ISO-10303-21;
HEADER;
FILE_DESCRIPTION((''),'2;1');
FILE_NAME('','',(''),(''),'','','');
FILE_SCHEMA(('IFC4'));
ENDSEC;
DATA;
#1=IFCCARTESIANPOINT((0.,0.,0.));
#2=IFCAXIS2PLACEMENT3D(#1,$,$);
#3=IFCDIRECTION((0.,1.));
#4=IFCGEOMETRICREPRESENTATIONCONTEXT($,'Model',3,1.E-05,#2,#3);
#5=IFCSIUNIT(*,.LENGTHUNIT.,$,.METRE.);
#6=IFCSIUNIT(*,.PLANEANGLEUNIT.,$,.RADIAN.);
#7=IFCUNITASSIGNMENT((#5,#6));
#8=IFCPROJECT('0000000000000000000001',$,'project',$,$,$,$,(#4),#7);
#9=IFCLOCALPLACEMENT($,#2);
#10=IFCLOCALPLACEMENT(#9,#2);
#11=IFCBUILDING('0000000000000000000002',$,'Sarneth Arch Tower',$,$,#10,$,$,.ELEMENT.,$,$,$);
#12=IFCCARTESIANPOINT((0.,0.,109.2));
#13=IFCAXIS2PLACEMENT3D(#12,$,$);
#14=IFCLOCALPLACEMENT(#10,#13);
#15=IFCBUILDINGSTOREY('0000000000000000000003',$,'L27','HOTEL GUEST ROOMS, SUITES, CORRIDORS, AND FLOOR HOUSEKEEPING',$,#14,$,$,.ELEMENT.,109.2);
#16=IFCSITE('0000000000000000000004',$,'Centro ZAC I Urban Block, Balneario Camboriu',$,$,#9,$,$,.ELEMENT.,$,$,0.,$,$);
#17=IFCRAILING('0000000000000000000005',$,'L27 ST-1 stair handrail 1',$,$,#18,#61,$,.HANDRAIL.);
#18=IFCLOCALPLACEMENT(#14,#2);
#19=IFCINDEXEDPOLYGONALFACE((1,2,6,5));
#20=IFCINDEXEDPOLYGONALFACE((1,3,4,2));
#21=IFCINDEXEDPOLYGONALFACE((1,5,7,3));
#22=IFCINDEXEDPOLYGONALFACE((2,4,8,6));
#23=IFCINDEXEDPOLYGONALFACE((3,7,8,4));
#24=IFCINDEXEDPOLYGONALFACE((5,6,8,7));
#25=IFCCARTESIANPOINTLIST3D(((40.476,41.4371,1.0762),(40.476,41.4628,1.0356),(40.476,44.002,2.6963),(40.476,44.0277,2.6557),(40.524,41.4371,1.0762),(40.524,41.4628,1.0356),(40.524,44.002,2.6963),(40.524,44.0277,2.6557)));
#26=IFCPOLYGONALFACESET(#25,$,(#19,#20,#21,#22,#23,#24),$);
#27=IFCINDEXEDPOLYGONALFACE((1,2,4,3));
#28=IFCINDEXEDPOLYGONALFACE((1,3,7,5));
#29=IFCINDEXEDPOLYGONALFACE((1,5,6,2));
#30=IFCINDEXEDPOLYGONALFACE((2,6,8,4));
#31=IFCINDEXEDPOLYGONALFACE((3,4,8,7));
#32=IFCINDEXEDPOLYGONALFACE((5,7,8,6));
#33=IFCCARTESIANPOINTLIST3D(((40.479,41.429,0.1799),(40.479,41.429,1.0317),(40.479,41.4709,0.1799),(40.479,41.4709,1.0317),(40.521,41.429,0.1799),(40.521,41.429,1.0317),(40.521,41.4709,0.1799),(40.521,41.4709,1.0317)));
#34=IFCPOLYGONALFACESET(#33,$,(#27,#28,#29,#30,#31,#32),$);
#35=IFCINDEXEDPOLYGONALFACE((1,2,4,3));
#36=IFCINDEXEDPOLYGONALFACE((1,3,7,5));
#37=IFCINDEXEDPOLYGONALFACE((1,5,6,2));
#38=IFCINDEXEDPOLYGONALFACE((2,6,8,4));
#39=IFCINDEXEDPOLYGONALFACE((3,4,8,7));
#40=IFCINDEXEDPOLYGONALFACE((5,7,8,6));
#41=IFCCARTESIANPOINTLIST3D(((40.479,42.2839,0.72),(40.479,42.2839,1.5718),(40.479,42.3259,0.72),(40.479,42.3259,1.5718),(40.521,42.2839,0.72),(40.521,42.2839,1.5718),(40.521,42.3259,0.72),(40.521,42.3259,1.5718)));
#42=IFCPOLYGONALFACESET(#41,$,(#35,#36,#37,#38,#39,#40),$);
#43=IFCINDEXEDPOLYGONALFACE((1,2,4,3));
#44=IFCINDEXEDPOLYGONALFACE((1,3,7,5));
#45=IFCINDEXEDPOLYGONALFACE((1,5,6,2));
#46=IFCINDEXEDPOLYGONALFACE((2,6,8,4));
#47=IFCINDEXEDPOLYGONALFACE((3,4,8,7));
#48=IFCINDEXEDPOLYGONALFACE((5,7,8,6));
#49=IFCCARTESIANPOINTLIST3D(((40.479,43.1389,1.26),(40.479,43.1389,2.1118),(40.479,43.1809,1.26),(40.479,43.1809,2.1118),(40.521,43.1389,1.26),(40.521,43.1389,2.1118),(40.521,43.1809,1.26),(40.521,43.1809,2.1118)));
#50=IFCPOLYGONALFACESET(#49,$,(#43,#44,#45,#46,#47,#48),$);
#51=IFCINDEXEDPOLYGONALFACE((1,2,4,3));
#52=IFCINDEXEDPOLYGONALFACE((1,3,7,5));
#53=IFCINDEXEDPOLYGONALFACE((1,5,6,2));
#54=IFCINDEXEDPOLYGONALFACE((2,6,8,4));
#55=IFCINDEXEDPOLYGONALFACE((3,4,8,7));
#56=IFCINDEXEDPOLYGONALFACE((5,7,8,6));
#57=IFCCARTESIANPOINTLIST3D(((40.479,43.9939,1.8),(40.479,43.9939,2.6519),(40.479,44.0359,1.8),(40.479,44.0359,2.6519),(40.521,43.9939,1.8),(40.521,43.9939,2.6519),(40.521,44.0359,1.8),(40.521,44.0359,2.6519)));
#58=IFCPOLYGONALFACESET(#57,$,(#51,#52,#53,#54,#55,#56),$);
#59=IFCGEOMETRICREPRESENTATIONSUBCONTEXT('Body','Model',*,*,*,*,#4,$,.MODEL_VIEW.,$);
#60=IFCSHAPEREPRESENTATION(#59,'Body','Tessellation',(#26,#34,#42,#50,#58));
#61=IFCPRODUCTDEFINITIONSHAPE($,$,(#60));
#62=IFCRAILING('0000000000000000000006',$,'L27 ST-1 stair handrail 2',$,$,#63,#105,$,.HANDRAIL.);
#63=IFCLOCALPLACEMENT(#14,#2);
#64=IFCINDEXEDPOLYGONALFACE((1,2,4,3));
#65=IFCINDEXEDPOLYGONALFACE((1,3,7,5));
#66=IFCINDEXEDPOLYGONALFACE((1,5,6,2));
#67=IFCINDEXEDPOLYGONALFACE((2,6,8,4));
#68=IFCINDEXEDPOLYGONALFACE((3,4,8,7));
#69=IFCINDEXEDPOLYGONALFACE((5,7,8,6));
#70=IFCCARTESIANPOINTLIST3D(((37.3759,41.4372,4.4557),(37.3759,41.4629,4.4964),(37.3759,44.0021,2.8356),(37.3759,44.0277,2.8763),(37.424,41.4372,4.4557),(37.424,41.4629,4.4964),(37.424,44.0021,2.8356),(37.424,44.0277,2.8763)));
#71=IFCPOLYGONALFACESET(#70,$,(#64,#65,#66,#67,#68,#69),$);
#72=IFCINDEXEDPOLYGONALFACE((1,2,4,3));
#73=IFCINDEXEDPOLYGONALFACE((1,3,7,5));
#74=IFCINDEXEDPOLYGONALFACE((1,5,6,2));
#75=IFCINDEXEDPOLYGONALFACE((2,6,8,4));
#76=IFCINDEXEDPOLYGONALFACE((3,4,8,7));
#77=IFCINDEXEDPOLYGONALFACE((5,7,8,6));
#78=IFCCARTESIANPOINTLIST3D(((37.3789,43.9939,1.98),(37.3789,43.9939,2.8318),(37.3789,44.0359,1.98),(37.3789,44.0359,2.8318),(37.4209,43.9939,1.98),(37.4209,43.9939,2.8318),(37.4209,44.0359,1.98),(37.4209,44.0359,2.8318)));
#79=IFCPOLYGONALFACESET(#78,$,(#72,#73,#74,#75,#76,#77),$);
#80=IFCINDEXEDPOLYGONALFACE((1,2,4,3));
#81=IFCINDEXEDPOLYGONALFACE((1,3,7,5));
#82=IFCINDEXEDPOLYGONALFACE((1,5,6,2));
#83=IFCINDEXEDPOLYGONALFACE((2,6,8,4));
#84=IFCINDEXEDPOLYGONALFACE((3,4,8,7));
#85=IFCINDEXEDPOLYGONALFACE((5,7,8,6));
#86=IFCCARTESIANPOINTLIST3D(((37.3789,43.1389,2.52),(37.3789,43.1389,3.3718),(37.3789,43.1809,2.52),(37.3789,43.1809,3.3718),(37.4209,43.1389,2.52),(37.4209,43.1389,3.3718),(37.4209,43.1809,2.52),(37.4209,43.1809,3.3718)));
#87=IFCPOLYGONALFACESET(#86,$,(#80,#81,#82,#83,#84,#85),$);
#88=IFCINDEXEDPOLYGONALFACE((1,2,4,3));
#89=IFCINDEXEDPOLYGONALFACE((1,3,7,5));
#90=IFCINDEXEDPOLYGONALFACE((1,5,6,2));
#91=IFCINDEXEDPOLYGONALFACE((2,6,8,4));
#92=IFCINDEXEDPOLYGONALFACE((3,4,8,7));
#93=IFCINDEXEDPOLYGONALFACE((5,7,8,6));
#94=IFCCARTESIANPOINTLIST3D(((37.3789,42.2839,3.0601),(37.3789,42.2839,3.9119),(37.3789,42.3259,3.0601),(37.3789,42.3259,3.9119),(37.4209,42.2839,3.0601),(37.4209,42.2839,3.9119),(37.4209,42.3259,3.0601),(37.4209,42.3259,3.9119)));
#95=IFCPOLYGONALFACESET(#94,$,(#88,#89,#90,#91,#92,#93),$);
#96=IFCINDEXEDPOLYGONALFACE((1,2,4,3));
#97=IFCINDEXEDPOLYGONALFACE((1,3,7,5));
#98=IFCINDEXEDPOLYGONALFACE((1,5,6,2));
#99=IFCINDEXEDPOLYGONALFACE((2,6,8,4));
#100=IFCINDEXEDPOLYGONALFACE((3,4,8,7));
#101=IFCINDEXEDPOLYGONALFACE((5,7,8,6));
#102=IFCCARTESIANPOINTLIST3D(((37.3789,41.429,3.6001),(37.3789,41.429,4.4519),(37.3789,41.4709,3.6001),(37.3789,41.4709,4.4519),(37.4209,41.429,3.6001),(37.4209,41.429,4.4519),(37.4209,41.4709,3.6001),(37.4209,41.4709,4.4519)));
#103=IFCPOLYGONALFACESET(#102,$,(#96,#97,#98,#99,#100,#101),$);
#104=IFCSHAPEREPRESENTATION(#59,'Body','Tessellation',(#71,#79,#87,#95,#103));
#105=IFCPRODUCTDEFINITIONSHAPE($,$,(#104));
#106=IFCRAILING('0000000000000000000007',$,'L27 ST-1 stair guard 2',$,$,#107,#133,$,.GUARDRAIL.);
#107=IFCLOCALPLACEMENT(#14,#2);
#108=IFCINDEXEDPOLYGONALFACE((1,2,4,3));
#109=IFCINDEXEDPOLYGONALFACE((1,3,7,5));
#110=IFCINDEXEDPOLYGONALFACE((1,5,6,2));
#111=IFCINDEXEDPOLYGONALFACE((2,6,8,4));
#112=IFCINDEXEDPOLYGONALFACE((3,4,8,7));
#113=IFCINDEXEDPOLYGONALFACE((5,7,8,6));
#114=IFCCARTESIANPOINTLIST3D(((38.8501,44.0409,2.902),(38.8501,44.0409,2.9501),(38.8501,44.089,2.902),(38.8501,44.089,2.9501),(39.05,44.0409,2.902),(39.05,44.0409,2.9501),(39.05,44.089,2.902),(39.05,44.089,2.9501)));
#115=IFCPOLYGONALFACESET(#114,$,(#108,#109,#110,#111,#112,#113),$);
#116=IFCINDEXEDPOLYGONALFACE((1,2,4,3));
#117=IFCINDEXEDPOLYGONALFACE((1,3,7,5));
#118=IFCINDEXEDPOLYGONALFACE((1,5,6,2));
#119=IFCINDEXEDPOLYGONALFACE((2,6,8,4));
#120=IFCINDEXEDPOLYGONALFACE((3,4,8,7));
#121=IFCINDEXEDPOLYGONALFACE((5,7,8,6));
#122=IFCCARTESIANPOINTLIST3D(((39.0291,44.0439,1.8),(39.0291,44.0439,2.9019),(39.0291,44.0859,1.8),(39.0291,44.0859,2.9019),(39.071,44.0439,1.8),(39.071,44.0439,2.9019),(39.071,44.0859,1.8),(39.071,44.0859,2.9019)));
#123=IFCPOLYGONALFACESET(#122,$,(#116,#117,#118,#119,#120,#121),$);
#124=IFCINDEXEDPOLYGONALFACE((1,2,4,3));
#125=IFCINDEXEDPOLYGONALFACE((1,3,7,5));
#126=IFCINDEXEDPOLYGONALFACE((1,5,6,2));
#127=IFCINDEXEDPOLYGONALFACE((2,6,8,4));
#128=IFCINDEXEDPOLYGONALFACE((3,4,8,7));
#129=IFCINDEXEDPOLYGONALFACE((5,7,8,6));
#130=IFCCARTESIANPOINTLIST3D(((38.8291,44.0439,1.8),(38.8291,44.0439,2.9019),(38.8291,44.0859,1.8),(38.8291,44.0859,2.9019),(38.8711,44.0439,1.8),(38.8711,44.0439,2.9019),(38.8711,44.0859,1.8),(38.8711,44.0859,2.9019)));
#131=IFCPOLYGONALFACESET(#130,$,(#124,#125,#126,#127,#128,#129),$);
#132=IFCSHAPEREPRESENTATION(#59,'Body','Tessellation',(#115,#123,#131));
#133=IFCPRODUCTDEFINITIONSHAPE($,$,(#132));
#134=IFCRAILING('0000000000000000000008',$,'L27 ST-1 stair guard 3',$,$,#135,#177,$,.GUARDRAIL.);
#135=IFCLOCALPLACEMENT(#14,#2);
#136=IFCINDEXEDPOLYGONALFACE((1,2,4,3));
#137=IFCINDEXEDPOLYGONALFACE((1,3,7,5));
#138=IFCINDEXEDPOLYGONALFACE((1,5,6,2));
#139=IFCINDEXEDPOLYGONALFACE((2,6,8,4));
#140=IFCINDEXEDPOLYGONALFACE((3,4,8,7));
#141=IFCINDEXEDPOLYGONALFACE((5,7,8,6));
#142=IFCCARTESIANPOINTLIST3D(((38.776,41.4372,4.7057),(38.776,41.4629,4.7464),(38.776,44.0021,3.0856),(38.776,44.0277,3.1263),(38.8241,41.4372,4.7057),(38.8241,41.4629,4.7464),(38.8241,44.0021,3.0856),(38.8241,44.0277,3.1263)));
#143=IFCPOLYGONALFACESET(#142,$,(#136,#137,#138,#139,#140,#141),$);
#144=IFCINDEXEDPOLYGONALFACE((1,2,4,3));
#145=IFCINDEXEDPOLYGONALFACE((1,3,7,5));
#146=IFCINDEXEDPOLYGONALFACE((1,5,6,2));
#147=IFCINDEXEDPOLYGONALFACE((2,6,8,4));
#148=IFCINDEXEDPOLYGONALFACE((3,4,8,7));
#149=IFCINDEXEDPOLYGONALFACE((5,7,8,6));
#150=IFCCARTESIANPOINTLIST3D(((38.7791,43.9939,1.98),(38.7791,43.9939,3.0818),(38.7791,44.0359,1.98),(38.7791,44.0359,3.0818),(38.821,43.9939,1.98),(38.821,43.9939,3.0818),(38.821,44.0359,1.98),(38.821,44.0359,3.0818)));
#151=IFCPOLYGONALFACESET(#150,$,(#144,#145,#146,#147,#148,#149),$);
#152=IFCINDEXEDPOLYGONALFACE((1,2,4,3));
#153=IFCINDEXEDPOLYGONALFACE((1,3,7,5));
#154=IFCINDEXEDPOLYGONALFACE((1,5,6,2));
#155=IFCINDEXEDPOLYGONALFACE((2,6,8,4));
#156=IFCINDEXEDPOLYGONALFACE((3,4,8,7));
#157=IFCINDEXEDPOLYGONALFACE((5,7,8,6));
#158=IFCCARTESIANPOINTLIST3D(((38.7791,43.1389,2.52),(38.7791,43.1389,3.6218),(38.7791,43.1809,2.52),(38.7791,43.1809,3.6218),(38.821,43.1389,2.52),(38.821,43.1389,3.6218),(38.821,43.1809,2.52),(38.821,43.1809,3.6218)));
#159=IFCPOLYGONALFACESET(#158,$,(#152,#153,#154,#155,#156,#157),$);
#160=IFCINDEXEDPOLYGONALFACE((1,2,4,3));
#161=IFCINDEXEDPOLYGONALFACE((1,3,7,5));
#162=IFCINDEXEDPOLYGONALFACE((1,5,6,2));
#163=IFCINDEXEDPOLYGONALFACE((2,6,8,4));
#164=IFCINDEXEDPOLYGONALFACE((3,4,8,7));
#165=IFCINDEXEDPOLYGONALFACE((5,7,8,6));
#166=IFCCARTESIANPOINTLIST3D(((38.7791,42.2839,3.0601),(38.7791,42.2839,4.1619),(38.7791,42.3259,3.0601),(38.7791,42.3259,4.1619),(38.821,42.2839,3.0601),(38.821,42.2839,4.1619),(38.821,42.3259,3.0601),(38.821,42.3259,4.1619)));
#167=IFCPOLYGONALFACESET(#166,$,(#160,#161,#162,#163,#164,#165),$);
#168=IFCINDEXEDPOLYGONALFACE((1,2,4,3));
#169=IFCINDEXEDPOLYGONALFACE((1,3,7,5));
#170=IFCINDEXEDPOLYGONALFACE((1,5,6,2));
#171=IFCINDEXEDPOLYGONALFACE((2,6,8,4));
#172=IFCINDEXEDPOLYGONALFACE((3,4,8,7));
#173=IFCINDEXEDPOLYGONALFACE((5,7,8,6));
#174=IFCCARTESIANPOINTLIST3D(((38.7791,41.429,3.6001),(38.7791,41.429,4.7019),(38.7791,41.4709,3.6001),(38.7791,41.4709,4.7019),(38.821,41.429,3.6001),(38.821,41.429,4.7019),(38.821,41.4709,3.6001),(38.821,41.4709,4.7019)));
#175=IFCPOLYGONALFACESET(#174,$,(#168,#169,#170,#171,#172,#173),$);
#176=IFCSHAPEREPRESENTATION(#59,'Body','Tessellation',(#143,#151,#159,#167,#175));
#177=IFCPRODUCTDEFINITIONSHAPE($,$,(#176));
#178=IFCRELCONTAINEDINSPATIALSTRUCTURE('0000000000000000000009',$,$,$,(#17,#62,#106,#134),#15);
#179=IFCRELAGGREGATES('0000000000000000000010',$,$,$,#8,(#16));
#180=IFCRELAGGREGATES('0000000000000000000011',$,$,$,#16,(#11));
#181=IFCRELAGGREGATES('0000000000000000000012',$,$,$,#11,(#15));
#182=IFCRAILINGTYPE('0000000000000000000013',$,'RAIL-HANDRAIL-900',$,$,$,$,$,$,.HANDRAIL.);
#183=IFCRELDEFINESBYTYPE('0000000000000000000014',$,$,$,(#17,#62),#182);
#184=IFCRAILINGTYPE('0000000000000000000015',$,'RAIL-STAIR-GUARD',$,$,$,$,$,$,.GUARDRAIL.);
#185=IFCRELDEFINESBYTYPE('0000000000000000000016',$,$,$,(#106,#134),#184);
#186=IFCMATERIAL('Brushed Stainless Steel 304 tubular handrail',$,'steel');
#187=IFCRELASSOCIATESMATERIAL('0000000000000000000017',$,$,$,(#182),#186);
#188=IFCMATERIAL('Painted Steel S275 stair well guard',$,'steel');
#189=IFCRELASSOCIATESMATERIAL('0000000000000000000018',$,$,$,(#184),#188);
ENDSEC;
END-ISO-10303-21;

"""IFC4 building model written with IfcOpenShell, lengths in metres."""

from ifc_helpers import new_model, si_unit, direction, frame, origin, origin_2d, place, context, subcontext, project, spatial, rectangle, extrude, material, type_object, element, save


model = new_model("IFC4")

# Units and contexts
model_context = context("Model", 3, precision=1e-05, world=origin(), true_north=direction((0.0, 1.0)))
body_context = subcontext(model_context, "Body", "Model", "MODEL_VIEW")
ifc_project = project(units=[si_unit("LENGTHUNIT", "METRE"), si_unit("PLANEANGLEUNIT", "RADIAN")], contexts=[model_context])

# Site, building, storey
site_placement = place(None, origin())
site = spatial("IfcSite", under=ifc_project, at=site_placement, Name="Centro ZAC I Urban Block, Balneario Camboriu", CompositionType="ELEMENT", RefElevation=0.0)
building_placement = place(site_placement, origin())
building = spatial("IfcBuilding", under=site, at=building_placement, Name="Sarneth Arch Tower", CompositionType="ELEMENT")
storey_placement = place(building_placement, frame((0.0, 0.0, 109.2)))
storey = spatial("IfcBuildingStorey", under=building, at=storey_placement, Name="L27", Description="HOTEL GUEST ROOMS, SUITES, CORRIDORS, AND FLOOR HOUSEKEEPING", CompositionType="ELEMENT", Elevation=109.2)

# Railings
ifc_material_1 = material(Name="Brushed Stainless Steel 304 tubular handrail", Category="steel")
railing_type_1 = type_object("IfcRailingType", Name="RAIL-HANDRAIL-900", PredefinedType="HANDRAIL", material=ifc_material_1)
railing_1_placement = place(storey_placement, frame((40.5, 41.45, 0.1799)))
element("IfcRailing", 1, at=railing_1_placement, inside=storey, type_object=railing_type_1, Name="L27 ST-1 stair handrail 1", PredefinedType="HANDRAIL", context=body_context, shape_type="SweptSolid", body=[
    extrude(rectangle(XDim=0.0481, YDim=0.0481, at=origin_2d()), frame((0.0, 0.0, 0.876), z_axis=(0.0, 0.845466, 0.534029), x_axis=(-1.0, 0.0, 0.0)), (0.0, 0.0, 1.0), 3.0337),
    extrude(rectangle(XDim=0.042, YDim=0.042, at=origin_2d()), origin(), (0.0, 0.0, 1.0), 0.8518),
    extrude(rectangle(XDim=0.042, YDim=0.042, at=origin_2d()), frame((0.0, 0.855, 0.54)), (0.0, 0.0, 1.0), 0.8518),
    extrude(rectangle(XDim=0.042, YDim=0.042, at=origin_2d()), frame((0.0, 1.71, 1.0801)), (0.0, 0.0, 1.0), 0.8518),
    extrude(rectangle(XDim=0.042, YDim=0.042, at=origin_2d()), frame((0.0, 2.5649, 1.6201)), (0.0, 0.0, 1.0), 0.8518),
])
railing_2_placement = place(storey_placement, frame((37.3999, 44.0149, 1.98)))
element("IfcRailing", 2, at=railing_2_placement, inside=storey, type_object=railing_type_1, Name="L27 ST-1 stair handrail 2", PredefinedType="HANDRAIL", context=body_context, shape_type="SweptSolid", body=[
    extrude(rectangle(XDim=0.0481, YDim=0.0481, at=origin_2d()), frame((0.0, 0.0, 0.876), z_axis=(0.0, -0.845466, 0.534029), x_axis=(1.0, 0.0, 0.0)), (0.0, 0.0, 1.0), 3.0337),
    extrude(rectangle(XDim=0.042, YDim=0.042, at=origin_2d()), origin(), (0.0, 0.0, 1.0), 0.8518),
    extrude(rectangle(XDim=0.042, YDim=0.042, at=origin_2d()), frame((0.0, -0.855, 0.54)), (0.0, 0.0, 1.0), 0.8518),
    extrude(rectangle(XDim=0.042, YDim=0.042, at=origin_2d()), frame((0.0, -1.71, 1.0801)), (0.0, 0.0, 1.0), 0.8518),
    extrude(rectangle(XDim=0.042, YDim=0.042, at=origin_2d()), frame((0.0, -2.5649, 1.6201)), (0.0, 0.0, 1.0), 0.8518),
])
ifc_material_2 = material(Name="Painted Steel S275 stair well guard", Category="steel")
railing_type_2 = type_object("IfcRailingType", Name="RAIL-STAIR-GUARD", PredefinedType="GUARDRAIL", material=ifc_material_2)
railing_3_placement = place(storey_placement, frame((39.05, 44.0649, 1.8)))
element("IfcRailing", 3, at=railing_3_placement, inside=storey, type_object=railing_type_2, Name="L27 ST-1 stair guard 2", PredefinedType="GUARDRAIL", context=body_context, shape_type="SweptSolid", body=[
    extrude(rectangle(XDim=0.0481, YDim=0.0481, at=origin_2d()), frame((0.0, 0.0, 1.126), z_axis=(-1.0, 0.0, 0.0), x_axis=(0.0, -1.0, 0.0)), (0.0, 0.0, 1.0), 0.2),
    extrude(rectangle(XDim=0.042, YDim=0.042, at=origin_2d()), origin(), (0.0, 0.0, 1.0), 1.1018),
    extrude(rectangle(XDim=0.042, YDim=0.042, at=origin_2d()), frame((-0.2, 0.0, 0.0)), (0.0, 0.0, 1.0), 1.1018),
])
railing_4_placement = place(storey_placement, frame((38.8, 44.0149, 1.98)))
element("IfcRailing", 4, at=railing_4_placement, inside=storey, type_object=railing_type_2, Name="L27 ST-1 stair guard 3", PredefinedType="GUARDRAIL", context=body_context, shape_type="SweptSolid", body=[
    extrude(rectangle(XDim=0.0481, YDim=0.0481, at=origin_2d()), frame((0.0, 0.0, 1.126), z_axis=(0.0, -0.845466, 0.534029), x_axis=(1.0, 0.0, 0.0)), (0.0, 0.0, 1.0), 3.0337),
    extrude(rectangle(XDim=0.042, YDim=0.042, at=origin_2d()), origin(), (0.0, 0.0, 1.0), 1.1018),
    extrude(rectangle(XDim=0.042, YDim=0.042, at=origin_2d()), frame((0.0, -0.855, 0.54)), (0.0, 0.0, 1.0), 1.1018),
    extrude(rectangle(XDim=0.042, YDim=0.042, at=origin_2d()), frame((0.0, -1.71, 1.0801)), (0.0, 0.0, 1.0), 1.1018),
    extrude(rectangle(XDim=0.042, YDim=0.042, at=origin_2d()), frame((0.0, -2.5649, 1.6201)), (0.0, 0.0, 1.0), 1.1018),
])

save(model, "model.ifc")
